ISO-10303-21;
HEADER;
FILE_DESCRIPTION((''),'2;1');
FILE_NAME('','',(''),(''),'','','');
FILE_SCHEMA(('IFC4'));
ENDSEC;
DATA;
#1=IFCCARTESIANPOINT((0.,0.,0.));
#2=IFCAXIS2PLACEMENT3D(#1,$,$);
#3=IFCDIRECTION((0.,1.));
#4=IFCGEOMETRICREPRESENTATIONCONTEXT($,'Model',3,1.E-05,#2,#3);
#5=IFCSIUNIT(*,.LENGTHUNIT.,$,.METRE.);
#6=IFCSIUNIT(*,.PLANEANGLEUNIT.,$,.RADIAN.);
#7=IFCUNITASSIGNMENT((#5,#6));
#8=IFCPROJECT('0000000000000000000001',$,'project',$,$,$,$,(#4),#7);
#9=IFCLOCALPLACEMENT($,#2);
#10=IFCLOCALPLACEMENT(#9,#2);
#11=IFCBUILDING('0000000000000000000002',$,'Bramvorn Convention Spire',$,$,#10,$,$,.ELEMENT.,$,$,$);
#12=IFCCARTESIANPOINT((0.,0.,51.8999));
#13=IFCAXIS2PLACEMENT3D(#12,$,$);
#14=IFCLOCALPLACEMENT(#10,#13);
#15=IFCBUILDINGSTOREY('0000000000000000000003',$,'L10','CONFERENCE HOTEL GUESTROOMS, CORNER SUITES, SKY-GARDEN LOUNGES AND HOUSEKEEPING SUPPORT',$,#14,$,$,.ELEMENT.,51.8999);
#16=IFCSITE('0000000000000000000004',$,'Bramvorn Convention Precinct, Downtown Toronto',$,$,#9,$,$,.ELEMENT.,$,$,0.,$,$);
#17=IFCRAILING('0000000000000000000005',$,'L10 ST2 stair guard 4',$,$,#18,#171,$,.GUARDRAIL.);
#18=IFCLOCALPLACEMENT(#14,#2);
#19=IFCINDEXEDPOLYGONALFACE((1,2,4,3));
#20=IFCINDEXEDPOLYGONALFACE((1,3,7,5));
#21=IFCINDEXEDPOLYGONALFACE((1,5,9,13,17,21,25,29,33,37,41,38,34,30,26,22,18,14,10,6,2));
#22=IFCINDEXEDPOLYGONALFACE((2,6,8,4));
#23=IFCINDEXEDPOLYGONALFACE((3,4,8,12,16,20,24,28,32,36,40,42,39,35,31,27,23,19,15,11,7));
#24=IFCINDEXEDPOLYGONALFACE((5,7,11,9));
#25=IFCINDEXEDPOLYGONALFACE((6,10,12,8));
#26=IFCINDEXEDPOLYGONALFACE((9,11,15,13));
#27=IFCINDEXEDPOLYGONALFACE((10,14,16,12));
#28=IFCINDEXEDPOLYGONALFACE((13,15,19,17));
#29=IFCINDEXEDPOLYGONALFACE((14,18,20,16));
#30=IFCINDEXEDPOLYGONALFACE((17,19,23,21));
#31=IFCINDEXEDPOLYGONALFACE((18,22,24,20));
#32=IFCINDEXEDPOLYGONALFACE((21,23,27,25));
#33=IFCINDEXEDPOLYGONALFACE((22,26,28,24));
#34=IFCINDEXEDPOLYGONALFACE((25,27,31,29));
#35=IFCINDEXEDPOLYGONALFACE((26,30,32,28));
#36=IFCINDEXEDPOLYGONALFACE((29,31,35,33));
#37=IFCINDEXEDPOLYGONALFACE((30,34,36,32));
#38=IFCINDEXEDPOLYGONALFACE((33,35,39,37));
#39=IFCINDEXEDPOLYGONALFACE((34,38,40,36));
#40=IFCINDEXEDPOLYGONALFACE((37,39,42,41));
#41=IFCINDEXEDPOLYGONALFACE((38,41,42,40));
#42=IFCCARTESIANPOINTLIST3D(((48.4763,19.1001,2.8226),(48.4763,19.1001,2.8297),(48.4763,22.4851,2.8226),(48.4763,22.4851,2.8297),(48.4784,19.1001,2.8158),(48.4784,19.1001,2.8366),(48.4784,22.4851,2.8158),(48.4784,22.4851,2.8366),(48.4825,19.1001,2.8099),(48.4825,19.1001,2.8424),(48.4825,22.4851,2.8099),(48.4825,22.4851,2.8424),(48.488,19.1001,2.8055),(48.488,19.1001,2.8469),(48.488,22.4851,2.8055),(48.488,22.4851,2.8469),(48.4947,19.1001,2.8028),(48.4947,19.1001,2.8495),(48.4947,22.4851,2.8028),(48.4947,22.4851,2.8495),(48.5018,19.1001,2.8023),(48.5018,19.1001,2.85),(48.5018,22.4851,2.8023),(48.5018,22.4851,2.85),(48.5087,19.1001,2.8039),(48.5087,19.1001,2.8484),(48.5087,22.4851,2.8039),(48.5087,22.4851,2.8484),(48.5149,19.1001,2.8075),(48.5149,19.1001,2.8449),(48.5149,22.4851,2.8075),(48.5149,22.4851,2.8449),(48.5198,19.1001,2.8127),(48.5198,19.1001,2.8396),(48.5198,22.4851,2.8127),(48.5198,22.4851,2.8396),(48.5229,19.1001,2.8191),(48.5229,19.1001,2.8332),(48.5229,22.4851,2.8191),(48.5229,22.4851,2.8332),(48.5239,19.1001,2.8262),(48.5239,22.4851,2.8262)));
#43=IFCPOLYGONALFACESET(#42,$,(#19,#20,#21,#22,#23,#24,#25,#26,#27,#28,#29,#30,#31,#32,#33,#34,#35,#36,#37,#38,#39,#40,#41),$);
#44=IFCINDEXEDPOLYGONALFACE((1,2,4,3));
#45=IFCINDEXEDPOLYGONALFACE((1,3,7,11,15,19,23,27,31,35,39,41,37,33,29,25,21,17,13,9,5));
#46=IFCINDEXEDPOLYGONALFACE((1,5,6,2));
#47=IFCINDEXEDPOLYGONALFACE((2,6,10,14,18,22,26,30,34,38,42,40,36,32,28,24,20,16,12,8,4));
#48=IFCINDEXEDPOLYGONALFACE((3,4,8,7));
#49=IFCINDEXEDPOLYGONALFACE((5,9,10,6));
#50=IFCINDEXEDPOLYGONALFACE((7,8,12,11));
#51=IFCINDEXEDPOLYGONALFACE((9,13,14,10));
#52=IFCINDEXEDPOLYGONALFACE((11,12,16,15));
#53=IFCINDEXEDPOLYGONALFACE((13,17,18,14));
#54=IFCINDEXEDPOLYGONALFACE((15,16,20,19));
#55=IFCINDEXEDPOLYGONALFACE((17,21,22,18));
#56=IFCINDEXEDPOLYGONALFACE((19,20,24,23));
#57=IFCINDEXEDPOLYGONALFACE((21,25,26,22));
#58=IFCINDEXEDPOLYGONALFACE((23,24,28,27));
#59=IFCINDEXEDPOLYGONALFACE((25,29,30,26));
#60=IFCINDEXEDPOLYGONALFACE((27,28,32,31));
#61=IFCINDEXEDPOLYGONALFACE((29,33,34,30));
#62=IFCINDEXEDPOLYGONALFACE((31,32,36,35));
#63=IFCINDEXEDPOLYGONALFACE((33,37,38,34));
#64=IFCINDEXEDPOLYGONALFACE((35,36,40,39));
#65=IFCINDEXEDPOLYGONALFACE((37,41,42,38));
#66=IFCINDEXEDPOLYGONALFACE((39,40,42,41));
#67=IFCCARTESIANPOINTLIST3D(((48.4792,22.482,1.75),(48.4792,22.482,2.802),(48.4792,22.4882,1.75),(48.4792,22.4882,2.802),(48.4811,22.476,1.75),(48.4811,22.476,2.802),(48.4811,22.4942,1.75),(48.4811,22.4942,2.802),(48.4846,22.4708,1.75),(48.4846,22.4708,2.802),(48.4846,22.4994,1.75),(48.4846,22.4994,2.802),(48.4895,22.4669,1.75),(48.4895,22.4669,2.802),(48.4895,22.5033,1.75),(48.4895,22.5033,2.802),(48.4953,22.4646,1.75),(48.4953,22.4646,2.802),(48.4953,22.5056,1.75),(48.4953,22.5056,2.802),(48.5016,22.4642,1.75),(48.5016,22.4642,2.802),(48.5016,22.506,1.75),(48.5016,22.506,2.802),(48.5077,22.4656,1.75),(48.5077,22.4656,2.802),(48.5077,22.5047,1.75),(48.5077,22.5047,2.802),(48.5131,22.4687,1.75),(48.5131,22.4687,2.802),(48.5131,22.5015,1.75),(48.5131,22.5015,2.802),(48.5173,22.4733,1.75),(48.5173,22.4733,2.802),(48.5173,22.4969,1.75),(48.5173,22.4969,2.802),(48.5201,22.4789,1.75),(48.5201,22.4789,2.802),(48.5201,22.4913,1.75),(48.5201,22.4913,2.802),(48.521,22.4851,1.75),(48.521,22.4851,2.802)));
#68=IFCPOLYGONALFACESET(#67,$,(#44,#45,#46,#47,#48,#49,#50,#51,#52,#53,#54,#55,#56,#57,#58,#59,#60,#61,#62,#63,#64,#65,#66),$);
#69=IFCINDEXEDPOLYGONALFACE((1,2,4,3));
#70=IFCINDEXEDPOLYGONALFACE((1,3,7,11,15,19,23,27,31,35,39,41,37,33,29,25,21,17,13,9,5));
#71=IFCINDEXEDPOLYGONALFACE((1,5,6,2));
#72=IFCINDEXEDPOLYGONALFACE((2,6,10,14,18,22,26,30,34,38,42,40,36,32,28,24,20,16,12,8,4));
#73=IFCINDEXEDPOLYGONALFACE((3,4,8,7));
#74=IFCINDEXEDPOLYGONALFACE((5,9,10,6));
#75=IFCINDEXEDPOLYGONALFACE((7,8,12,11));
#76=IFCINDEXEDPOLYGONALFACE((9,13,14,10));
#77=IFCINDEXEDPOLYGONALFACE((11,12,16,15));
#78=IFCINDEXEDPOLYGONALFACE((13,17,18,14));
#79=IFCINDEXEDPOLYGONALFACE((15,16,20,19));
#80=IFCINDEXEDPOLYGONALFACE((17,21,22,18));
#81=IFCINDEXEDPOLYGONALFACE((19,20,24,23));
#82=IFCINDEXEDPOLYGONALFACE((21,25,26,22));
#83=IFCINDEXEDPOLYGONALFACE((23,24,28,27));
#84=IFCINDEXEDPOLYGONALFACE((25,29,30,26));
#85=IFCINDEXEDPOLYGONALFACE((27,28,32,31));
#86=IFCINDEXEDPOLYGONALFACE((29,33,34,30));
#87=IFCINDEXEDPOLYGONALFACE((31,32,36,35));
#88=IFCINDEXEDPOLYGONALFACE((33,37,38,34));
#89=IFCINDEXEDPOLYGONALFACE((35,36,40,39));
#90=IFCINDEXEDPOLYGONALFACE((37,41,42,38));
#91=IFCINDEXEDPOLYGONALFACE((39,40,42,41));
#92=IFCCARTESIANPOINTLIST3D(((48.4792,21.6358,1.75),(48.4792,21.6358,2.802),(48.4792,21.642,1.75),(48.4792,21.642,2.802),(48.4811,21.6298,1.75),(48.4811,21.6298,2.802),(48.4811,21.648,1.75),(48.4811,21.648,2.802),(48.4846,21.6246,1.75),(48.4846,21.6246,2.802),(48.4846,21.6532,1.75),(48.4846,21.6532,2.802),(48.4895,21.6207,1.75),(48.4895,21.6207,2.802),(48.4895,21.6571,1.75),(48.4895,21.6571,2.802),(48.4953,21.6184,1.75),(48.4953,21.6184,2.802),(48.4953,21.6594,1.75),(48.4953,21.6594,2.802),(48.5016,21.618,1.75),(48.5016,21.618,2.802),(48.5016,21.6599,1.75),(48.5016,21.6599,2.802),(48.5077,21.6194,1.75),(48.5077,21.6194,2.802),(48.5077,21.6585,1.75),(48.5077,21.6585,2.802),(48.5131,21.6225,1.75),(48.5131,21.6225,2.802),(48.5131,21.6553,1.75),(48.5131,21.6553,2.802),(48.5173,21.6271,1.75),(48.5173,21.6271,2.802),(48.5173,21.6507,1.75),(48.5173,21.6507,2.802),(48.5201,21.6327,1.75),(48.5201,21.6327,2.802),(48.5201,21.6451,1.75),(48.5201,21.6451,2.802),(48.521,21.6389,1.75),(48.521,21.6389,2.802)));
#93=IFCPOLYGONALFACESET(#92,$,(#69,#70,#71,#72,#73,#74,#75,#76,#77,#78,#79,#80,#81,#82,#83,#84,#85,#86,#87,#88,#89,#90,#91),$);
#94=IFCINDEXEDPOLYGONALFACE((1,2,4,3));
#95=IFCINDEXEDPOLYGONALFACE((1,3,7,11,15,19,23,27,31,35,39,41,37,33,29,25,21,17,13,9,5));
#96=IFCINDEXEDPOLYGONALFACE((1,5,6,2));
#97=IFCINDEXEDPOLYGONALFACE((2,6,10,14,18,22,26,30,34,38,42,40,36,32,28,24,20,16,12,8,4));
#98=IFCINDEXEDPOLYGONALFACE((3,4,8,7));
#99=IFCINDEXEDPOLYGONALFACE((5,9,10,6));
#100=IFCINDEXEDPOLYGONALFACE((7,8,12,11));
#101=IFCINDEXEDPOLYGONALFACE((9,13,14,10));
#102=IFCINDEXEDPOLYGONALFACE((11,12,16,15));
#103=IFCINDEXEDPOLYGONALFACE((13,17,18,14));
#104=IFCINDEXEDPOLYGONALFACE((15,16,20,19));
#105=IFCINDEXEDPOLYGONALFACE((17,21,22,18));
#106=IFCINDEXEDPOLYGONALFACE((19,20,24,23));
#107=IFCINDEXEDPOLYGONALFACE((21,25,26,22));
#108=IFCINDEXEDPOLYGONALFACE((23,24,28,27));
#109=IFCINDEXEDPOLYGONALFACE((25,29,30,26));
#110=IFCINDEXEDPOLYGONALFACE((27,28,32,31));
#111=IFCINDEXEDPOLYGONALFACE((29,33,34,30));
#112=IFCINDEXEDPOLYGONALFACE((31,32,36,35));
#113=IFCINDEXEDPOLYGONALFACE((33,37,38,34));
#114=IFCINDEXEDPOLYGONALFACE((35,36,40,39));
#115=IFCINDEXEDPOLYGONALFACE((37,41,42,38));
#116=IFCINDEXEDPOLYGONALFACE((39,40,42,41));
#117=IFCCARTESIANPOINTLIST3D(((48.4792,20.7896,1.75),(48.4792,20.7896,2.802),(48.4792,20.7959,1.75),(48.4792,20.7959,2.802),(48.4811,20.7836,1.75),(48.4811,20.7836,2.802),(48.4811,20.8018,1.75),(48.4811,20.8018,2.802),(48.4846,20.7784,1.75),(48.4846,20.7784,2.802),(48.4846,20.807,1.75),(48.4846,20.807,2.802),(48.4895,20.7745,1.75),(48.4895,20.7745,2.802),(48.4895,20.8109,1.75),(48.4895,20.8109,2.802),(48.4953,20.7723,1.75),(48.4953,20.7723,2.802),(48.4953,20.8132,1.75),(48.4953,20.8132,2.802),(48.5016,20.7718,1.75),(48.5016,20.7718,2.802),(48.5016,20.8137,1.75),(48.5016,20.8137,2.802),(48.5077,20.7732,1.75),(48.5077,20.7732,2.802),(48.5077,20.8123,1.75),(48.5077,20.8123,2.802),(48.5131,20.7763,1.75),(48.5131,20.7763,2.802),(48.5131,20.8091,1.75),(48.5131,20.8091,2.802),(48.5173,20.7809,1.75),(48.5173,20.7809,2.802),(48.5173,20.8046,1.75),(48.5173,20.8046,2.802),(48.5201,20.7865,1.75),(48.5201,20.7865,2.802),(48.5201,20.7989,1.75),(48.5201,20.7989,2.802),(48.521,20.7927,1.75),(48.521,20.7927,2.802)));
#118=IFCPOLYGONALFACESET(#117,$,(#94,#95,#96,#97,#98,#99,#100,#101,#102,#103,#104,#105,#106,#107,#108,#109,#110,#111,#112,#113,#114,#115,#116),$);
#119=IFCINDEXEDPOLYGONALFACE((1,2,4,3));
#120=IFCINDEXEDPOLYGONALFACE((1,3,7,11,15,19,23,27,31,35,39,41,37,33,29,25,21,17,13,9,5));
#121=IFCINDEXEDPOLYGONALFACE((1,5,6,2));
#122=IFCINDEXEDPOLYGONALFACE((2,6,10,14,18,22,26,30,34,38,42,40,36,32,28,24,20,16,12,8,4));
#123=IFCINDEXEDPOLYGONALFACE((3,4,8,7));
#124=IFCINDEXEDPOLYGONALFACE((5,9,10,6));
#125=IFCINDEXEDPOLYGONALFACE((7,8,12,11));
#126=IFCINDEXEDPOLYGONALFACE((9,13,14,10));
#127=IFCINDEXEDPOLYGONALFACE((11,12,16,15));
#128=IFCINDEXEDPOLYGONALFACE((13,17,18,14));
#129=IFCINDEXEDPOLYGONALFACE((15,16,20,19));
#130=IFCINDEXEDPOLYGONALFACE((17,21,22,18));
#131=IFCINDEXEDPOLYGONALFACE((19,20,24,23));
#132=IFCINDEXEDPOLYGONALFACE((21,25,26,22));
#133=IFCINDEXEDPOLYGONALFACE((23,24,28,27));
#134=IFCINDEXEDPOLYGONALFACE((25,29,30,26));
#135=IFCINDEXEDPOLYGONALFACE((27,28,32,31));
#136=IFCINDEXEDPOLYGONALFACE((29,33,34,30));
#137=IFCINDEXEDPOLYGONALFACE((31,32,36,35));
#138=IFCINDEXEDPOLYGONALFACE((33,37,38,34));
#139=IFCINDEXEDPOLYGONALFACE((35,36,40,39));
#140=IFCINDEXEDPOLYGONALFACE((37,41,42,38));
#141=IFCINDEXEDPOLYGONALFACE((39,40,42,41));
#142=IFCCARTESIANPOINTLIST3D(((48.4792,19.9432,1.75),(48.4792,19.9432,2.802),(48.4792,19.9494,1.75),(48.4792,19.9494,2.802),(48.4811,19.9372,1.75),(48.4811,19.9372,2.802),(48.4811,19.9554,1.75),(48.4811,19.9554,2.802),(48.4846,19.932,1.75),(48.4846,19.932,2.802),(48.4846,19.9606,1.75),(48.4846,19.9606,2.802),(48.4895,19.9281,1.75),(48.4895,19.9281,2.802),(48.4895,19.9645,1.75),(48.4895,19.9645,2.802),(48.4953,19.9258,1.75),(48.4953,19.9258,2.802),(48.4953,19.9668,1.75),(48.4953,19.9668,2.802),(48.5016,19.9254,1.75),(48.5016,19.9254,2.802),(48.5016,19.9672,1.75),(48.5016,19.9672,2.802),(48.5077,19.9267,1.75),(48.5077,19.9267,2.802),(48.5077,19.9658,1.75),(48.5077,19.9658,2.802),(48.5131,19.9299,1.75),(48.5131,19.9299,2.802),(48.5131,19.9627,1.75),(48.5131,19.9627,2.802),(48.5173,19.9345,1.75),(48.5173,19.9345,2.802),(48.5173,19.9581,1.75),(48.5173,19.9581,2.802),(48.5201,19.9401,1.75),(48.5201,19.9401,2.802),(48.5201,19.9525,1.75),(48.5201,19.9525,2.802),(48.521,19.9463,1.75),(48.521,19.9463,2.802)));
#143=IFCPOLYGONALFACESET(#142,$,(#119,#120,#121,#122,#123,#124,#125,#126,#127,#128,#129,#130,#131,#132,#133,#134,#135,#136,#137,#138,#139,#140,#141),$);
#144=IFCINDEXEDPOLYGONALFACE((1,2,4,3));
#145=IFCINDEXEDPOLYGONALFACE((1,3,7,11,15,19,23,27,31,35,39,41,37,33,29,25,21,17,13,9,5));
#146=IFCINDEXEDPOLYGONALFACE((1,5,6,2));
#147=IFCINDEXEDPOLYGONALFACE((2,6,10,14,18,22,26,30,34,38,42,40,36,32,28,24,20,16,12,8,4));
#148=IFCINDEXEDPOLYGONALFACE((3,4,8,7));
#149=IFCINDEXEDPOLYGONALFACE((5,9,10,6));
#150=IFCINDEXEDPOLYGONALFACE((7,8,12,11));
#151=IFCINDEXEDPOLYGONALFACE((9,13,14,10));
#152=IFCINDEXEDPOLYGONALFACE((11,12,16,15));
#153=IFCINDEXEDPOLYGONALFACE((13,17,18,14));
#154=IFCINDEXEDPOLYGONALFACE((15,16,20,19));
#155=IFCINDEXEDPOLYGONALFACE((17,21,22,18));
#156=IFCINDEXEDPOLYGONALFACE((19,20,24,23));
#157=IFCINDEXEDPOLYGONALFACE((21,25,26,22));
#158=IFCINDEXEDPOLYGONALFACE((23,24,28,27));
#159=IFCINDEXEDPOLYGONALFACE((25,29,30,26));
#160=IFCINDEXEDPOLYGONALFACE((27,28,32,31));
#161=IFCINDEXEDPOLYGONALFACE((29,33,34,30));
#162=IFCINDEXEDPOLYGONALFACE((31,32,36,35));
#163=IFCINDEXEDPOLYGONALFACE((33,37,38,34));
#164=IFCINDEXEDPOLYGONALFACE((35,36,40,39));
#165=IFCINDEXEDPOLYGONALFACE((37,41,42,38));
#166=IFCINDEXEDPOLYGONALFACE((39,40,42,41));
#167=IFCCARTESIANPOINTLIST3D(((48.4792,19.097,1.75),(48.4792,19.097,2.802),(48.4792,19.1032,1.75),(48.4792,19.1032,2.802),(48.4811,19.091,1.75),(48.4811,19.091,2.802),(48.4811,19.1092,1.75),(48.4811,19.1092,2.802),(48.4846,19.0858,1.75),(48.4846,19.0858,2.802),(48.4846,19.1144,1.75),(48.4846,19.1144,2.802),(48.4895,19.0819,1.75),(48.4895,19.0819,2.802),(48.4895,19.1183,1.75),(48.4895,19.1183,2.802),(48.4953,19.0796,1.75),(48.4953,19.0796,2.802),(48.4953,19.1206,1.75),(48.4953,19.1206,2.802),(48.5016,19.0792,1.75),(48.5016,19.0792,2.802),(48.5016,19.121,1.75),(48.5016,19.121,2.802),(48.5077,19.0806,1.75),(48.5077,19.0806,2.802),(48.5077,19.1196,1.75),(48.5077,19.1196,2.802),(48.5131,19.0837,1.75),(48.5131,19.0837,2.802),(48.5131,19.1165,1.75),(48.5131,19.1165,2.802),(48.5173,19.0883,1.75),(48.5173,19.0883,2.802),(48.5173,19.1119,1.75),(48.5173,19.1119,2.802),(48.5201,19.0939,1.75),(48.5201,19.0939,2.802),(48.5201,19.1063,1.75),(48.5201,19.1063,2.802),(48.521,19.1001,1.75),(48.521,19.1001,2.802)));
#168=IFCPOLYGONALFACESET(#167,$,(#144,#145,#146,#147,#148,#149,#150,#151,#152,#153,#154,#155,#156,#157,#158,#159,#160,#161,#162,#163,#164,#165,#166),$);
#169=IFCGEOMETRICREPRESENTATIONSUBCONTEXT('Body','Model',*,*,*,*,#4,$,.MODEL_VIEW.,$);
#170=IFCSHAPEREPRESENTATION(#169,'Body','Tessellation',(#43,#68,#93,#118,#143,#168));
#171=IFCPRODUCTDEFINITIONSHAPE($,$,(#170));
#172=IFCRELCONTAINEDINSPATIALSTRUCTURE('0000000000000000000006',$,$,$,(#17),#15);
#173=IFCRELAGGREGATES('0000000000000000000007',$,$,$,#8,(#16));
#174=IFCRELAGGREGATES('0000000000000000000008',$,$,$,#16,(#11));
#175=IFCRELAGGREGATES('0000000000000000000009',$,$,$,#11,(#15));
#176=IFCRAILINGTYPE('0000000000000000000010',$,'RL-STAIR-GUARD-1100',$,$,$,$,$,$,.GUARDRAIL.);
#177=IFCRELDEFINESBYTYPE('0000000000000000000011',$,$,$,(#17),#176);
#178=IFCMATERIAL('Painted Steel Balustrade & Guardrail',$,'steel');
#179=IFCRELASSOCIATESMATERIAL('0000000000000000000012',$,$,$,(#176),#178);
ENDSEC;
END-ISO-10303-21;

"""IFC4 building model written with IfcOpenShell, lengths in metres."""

from ifc_helpers import new_model, si_unit, direction, frame, origin, origin_2d, place, context, subcontext, project, spatial, circle, extrude, material, type_object, element, save


model = new_model("IFC4")

# Units and contexts
model_context = context("Model", 3, precision=1e-05, world=origin(), true_north=direction((0.0, 1.0)))
body_context = subcontext(model_context, "Body", "Model", "MODEL_VIEW")
ifc_project = project(units=[si_unit("LENGTHUNIT", "METRE"), si_unit("PLANEANGLEUNIT", "RADIAN")], contexts=[model_context])

# Site, building, storey
site_placement = place(None, origin())
site = spatial("IfcSite", under=ifc_project, at=site_placement, Name="Bramvorn Convention Precinct, Downtown Toronto", CompositionType="ELEMENT", RefElevation=0.0)
building_placement = place(site_placement, origin())
building = spatial("IfcBuilding", under=site, at=building_placement, Name="Bramvorn Convention Spire", CompositionType="ELEMENT")
storey_placement = place(building_placement, frame((0.0, 0.0, 51.8999)))
storey = spatial("IfcBuildingStorey", under=building, at=storey_placement, Name="L10", Description="CONFERENCE HOTEL GUESTROOMS, CORNER SUITES, SKY-GARDEN LOUNGES AND HOUSEKEEPING SUPPORT", CompositionType="ELEMENT", Elevation=51.8999)

# Railing
ifc_material_1 = material(Name="Painted Steel Balustrade & Guardrail", Category="steel")
railing_type_1 = type_object("IfcRailingType", Name="RL-STAIR-GUARD-1100", PredefinedType="GUARDRAIL", material=ifc_material_1)
railing_1_placement = place(storey_placement, frame((48.5, 22.4851, 1.75)))
element("IfcRailing", 1, at=railing_1_placement, inside=storey, type_object=railing_type_1, Name="L10 ST2 stair guard 4", PredefinedType="GUARDRAIL", context=body_context, shape_type="SweptSolid", body=[
    extrude(circle(Radius=0.0239, at=origin_2d()), frame((0.0, 0.0, 1.0762), z_axis=(0.0, -1.0, 0.0), x_axis=(1.0, 0.0, 0.0)), (0.0, 0.0, 1.0), 3.385),
    extrude(circle(Radius=0.021, at=origin_2d()), origin(), (0.0, 0.0, 1.0), 1.052),
    extrude(circle(Radius=0.021, at=origin_2d()), frame((0.0, -0.8462, 0.0)), (0.0, 0.0, 1.0), 1.052),
    extrude(circle(Radius=0.021, at=origin_2d()), frame((0.0, -1.6924, 0.0)), (0.0, 0.0, 1.0), 1.052),
    extrude(circle(Radius=0.021, at=origin_2d()), frame((0.0, -2.5388, 0.0)), (0.0, 0.0, 1.0), 1.052),
    extrude(circle(Radius=0.021, at=origin_2d()), frame((0.0, -3.385, 0.0)), (0.0, 0.0, 1.0), 1.052),
])

save(model, "model.ifc")
